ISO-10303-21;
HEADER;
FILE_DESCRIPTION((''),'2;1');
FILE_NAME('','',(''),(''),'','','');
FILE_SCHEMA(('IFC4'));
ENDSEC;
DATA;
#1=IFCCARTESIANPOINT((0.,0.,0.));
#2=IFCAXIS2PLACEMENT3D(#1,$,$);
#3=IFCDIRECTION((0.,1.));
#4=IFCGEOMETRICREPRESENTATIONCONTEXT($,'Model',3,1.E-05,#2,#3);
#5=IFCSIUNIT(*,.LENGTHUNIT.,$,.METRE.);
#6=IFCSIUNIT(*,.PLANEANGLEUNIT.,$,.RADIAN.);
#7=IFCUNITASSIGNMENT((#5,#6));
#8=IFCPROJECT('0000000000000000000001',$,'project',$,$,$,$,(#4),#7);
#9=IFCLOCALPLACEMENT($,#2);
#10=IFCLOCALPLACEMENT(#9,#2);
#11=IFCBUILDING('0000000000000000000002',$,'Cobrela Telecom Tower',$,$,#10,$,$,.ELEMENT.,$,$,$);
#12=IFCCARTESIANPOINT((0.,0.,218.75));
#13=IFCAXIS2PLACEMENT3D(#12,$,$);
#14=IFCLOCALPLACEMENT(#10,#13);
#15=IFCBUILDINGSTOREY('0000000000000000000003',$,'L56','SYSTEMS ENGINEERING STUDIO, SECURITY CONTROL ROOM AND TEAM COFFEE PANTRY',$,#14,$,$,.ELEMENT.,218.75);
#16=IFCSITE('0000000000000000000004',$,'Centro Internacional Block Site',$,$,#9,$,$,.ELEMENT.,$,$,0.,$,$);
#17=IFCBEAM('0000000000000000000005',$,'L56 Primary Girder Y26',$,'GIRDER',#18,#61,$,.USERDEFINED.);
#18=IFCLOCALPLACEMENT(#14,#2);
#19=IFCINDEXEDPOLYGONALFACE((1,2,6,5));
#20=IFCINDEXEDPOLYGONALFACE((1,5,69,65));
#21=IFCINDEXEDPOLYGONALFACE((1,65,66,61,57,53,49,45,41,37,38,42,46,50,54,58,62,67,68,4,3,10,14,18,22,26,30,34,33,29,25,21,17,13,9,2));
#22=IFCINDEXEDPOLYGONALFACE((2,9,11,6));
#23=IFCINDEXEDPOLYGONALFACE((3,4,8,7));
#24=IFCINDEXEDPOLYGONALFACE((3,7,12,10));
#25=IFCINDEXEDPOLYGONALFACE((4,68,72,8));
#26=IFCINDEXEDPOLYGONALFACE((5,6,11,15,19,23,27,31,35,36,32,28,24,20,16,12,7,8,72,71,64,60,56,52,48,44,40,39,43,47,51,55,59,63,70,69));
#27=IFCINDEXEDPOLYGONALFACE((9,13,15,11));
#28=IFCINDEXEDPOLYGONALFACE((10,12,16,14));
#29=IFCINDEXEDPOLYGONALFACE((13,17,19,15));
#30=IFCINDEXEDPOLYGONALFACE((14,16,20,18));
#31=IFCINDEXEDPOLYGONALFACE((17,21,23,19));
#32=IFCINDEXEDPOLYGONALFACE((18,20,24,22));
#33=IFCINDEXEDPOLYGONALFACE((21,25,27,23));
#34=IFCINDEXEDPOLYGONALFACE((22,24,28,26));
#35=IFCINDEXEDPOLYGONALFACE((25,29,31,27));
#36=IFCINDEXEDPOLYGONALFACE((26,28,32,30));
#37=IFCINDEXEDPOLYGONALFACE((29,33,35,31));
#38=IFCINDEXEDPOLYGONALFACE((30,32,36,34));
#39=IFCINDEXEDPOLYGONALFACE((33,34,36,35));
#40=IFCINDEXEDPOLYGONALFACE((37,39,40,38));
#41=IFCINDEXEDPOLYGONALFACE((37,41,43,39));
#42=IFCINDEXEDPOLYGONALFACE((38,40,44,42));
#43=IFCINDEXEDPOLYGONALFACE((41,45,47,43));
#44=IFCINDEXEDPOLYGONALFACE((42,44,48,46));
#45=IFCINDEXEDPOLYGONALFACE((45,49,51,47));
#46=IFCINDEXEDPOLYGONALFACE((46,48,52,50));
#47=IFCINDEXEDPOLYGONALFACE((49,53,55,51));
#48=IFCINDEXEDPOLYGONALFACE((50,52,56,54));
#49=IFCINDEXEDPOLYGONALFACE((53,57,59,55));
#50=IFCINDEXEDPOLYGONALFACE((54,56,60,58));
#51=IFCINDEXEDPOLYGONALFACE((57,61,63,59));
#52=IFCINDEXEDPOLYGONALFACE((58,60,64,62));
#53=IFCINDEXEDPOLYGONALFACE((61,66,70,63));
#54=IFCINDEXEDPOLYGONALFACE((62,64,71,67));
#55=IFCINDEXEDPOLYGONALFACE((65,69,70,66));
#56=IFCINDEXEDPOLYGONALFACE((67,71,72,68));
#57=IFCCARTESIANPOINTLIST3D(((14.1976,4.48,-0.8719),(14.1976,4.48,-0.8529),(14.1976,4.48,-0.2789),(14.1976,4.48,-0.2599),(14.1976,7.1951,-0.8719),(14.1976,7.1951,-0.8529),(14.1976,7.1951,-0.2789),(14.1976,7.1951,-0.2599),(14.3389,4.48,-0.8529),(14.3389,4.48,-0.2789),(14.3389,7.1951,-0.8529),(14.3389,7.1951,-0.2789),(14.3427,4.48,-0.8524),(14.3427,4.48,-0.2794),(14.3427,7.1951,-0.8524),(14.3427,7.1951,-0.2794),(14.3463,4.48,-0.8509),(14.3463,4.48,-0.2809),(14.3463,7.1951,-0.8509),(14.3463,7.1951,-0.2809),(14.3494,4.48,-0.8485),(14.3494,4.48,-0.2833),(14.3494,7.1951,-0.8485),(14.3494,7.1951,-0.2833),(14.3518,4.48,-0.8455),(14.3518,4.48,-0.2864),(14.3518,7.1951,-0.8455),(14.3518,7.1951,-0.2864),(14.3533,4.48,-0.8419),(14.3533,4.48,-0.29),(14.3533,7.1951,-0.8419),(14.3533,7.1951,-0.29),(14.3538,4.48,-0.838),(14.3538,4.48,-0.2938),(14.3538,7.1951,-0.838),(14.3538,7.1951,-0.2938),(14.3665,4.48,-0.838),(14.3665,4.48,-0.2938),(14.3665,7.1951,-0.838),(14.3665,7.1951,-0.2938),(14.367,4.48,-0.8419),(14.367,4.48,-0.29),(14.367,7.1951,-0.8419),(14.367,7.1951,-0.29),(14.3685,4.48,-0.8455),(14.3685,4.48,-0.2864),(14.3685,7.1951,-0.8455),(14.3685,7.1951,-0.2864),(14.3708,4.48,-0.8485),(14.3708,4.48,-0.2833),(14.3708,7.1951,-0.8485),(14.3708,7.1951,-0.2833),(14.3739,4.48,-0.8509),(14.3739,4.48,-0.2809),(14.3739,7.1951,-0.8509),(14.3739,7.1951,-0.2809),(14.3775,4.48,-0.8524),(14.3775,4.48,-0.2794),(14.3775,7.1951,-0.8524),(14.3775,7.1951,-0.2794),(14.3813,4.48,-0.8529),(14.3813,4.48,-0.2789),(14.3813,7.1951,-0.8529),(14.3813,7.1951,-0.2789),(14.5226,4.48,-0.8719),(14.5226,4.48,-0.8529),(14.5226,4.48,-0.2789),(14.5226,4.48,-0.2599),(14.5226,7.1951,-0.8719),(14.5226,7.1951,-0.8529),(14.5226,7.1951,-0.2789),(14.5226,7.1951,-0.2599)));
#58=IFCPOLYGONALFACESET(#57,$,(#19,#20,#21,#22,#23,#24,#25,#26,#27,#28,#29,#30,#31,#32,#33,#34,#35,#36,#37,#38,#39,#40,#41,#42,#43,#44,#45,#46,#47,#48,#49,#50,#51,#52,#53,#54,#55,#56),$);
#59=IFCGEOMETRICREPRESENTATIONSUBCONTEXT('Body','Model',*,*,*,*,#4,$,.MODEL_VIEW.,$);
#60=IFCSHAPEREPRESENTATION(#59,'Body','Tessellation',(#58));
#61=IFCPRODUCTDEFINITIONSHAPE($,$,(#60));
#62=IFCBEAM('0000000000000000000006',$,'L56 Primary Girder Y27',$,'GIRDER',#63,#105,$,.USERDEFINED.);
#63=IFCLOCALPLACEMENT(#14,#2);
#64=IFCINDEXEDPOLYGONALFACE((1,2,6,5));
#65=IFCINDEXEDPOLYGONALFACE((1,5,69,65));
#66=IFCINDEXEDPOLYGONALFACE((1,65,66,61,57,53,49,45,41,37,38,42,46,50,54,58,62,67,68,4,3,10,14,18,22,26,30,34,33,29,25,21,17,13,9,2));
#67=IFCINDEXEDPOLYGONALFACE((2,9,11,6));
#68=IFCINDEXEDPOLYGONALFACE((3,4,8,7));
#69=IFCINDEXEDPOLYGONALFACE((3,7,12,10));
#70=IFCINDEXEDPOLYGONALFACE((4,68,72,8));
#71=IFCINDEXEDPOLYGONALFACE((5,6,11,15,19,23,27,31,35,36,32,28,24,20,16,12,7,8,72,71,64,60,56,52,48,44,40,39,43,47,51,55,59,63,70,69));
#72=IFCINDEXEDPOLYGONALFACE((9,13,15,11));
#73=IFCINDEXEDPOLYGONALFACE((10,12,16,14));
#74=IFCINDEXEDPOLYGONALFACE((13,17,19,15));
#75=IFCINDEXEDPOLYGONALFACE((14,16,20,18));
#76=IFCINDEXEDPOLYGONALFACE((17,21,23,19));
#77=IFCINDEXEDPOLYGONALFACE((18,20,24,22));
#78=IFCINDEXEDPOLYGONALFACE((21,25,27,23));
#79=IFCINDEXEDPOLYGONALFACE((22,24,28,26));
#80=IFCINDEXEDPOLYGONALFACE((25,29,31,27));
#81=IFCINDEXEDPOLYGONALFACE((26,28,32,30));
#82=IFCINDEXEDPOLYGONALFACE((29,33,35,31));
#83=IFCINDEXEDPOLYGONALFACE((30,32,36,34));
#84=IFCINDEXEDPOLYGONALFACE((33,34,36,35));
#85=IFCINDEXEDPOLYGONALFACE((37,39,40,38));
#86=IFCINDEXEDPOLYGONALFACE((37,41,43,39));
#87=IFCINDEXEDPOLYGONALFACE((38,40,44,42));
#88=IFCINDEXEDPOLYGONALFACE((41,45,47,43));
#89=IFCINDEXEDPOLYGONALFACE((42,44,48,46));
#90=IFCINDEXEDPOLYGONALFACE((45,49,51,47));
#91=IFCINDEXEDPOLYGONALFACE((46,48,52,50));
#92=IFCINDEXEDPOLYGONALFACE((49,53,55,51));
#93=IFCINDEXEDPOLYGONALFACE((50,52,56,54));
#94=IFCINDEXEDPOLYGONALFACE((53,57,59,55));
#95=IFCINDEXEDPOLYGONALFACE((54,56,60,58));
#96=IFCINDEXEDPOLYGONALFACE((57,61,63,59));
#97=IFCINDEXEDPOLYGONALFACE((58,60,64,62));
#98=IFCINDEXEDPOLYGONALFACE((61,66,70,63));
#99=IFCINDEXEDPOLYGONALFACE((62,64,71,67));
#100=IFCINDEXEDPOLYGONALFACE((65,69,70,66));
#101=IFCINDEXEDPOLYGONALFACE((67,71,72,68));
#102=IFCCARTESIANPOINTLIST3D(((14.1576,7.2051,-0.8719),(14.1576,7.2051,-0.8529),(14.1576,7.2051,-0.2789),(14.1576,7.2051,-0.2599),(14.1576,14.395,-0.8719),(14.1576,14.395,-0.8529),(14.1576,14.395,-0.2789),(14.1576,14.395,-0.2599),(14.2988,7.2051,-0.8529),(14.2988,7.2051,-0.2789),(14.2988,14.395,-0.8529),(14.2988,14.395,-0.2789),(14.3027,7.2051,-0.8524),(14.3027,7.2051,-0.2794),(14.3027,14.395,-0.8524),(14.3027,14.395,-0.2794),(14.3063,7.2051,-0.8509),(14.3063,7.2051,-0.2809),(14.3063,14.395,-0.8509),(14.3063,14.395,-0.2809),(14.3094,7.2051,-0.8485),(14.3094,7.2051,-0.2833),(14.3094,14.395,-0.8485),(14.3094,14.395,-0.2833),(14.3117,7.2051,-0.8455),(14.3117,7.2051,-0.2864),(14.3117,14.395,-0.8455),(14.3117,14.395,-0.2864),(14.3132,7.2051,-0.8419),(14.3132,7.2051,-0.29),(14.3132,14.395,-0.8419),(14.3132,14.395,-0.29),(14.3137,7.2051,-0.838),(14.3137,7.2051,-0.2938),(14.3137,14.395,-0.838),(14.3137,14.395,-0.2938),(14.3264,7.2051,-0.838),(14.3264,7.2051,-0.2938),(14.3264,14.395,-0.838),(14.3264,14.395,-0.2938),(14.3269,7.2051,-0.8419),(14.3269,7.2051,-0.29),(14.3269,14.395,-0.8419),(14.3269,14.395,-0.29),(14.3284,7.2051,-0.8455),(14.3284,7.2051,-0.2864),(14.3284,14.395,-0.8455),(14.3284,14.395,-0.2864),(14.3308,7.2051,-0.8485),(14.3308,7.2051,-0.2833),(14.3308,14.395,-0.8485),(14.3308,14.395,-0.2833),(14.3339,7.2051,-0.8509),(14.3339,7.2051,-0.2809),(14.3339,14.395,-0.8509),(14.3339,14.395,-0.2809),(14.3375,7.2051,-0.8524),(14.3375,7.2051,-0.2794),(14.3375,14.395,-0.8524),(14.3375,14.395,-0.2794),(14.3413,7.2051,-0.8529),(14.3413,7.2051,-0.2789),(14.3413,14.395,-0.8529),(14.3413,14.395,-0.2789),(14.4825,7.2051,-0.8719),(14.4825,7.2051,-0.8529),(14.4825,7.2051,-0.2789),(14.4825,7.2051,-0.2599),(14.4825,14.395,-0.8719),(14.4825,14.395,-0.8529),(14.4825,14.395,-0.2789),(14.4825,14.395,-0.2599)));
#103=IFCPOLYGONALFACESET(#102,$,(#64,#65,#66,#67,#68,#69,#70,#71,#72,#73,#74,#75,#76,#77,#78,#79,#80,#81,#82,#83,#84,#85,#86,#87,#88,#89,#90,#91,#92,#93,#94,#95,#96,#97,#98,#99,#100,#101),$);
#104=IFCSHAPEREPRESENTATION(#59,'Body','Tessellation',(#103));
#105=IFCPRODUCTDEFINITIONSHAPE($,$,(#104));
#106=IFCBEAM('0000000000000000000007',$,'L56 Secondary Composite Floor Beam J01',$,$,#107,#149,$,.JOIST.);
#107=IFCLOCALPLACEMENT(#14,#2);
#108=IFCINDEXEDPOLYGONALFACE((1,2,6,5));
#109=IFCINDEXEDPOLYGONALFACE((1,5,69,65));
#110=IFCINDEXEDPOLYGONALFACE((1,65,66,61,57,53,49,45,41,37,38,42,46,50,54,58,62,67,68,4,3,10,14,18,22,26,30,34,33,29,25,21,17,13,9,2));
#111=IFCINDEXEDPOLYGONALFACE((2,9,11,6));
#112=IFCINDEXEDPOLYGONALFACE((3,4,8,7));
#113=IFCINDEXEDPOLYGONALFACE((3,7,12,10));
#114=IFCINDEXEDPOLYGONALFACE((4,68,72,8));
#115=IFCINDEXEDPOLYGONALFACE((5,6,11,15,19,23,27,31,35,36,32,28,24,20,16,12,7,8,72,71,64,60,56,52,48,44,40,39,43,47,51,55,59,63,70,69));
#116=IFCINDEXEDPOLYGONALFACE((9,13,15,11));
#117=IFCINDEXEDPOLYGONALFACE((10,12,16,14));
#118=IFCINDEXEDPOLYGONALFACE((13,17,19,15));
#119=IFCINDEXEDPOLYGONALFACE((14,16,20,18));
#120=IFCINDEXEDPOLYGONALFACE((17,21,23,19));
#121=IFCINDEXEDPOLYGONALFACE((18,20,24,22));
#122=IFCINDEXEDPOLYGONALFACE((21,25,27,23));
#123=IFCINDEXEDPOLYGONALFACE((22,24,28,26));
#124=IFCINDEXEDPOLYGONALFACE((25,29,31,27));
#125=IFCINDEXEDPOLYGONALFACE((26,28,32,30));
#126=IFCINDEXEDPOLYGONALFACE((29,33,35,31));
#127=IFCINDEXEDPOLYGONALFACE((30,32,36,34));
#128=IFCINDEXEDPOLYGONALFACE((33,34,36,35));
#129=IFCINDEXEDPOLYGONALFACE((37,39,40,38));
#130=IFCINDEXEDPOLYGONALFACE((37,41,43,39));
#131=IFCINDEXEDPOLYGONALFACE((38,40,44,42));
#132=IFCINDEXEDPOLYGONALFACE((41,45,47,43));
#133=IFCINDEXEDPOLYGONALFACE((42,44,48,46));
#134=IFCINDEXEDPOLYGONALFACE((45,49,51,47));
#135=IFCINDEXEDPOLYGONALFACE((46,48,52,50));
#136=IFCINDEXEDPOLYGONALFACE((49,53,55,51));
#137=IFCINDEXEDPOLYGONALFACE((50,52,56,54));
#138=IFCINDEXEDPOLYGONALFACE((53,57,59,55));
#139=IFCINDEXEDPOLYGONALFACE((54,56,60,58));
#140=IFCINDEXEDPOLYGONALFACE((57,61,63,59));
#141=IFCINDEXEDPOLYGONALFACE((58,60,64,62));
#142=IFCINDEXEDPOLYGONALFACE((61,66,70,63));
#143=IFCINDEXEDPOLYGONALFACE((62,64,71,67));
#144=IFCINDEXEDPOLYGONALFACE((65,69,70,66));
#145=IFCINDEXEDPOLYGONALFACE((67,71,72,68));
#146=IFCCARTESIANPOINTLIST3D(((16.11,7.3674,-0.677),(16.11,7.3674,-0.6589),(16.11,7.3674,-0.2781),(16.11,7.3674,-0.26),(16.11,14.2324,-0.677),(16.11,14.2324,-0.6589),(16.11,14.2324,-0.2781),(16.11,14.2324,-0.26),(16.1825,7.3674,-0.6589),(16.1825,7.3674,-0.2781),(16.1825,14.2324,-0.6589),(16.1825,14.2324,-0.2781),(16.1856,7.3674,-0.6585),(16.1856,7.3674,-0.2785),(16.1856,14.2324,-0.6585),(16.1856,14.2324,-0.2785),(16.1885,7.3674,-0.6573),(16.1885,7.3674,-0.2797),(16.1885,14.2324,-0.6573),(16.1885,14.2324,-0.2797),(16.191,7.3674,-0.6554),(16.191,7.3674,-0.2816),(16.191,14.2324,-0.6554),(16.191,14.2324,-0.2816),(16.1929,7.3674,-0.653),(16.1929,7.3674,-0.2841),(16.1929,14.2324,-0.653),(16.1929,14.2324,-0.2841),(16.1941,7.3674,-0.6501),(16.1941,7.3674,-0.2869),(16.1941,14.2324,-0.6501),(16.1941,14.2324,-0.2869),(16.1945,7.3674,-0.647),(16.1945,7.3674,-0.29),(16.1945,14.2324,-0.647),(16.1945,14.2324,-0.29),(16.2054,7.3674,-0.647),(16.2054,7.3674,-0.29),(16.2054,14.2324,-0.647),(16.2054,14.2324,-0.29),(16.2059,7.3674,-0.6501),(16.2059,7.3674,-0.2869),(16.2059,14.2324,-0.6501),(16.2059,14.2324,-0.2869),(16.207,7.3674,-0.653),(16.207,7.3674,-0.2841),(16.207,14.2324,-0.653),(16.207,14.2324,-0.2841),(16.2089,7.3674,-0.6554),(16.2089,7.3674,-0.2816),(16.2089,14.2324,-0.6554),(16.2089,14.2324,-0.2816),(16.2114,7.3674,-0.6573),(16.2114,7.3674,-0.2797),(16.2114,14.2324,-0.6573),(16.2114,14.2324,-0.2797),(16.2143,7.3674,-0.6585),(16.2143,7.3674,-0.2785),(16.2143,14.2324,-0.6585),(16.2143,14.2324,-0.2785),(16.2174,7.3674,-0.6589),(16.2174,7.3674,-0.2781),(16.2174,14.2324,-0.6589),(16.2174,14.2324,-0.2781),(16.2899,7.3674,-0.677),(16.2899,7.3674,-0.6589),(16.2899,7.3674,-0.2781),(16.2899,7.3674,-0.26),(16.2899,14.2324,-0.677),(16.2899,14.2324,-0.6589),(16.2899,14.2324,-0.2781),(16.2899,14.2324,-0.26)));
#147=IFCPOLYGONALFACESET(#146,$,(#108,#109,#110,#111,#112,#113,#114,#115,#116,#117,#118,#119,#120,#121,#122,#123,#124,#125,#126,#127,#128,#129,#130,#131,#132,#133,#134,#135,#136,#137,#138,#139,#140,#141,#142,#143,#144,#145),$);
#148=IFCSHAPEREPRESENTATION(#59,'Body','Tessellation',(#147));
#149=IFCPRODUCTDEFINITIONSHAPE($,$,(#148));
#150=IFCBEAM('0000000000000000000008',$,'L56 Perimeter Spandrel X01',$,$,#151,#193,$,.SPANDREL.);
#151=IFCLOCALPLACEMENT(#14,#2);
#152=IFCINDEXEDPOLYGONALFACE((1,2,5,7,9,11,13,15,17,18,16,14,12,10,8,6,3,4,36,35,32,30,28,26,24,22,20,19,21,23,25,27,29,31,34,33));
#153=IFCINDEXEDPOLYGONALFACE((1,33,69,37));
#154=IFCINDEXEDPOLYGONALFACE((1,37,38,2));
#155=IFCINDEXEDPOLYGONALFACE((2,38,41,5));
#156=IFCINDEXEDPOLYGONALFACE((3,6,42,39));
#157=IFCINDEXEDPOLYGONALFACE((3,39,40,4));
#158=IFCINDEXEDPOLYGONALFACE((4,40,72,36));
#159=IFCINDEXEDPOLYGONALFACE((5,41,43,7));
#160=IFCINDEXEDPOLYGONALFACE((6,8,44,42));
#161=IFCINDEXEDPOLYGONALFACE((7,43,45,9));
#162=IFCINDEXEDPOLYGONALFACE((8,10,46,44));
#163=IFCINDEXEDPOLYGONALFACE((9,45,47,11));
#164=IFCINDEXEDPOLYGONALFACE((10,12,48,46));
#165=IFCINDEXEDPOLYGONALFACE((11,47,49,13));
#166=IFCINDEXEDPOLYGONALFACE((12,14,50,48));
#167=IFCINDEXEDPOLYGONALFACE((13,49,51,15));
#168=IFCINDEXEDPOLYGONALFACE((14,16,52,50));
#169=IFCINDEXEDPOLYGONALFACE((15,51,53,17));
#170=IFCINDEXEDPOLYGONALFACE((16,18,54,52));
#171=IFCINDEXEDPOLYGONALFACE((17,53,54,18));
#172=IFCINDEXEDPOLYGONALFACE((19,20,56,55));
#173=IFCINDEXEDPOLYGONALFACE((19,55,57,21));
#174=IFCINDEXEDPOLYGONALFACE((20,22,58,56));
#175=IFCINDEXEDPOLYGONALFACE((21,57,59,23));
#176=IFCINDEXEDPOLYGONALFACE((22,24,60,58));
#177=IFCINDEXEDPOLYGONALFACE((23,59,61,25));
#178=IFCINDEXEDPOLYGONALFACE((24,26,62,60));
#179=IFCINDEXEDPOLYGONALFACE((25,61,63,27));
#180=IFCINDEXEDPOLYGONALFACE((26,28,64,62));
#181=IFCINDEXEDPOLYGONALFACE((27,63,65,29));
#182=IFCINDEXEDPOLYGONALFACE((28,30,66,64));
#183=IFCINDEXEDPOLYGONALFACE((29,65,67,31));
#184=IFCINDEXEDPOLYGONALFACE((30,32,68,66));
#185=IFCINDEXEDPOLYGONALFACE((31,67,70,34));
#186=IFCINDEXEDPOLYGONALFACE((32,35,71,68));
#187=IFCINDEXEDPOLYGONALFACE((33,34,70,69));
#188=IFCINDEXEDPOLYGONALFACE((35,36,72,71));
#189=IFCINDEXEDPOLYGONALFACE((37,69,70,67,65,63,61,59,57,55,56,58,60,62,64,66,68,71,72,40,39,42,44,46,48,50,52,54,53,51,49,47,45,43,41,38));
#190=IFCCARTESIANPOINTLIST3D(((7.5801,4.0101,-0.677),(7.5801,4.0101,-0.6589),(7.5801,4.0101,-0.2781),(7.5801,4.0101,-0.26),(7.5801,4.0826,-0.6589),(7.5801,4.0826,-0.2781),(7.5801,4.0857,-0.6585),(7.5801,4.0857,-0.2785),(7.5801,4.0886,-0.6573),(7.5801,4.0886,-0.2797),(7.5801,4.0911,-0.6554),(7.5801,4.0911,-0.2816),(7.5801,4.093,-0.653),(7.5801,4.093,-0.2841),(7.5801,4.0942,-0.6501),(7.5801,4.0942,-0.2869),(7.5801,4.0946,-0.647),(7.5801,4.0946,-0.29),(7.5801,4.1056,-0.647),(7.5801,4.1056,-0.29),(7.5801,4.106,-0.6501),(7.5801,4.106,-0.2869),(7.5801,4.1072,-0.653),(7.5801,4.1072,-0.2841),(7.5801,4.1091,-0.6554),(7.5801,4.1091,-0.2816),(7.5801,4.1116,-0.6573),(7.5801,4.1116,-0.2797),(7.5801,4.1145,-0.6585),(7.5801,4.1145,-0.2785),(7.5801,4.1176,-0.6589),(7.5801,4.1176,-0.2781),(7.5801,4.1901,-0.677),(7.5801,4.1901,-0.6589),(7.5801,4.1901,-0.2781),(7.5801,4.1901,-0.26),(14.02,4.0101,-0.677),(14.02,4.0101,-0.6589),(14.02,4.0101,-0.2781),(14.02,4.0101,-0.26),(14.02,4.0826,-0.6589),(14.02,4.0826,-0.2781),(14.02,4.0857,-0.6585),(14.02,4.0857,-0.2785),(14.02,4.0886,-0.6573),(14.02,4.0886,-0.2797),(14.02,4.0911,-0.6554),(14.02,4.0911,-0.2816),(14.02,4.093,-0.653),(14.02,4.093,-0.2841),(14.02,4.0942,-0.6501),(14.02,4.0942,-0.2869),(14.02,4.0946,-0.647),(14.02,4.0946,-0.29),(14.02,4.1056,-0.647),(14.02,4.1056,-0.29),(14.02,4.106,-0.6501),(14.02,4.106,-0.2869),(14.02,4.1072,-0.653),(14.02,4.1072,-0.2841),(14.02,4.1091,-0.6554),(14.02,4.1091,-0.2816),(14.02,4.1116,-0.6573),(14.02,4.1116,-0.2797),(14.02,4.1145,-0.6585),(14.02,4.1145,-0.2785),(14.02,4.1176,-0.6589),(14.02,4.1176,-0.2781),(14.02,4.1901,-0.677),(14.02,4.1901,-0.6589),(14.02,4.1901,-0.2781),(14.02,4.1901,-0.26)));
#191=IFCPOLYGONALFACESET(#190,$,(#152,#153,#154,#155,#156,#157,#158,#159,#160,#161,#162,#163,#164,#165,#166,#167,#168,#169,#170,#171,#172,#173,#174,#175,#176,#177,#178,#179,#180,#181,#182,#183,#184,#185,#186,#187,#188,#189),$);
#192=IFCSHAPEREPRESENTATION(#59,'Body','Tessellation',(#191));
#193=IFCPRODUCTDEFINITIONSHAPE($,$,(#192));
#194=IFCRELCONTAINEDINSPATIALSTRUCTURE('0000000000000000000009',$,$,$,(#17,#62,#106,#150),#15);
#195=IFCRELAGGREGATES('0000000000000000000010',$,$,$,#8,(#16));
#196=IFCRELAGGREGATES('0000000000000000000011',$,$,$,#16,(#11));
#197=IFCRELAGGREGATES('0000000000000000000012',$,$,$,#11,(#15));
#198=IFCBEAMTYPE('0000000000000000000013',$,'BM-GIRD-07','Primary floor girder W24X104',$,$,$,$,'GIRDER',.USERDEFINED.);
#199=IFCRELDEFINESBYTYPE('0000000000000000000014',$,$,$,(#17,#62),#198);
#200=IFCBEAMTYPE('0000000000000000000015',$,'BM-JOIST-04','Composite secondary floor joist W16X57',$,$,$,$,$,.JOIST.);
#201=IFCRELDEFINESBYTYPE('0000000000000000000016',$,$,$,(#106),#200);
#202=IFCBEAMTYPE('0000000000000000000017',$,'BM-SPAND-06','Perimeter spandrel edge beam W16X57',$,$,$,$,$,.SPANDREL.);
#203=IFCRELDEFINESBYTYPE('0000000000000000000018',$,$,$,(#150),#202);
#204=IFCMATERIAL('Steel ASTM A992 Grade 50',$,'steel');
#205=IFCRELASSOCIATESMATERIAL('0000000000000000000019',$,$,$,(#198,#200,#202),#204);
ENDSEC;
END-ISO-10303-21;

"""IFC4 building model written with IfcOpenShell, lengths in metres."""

from ifc_helpers import new_model, si_unit, direction, frame, origin, origin_2d, place, context, subcontext, project, spatial, i_section, extrude, material, material_profile, profile_set, type_object, element, save


model = new_model("IFC4")

# Units and contexts
model_context = context("Model", 3, precision=1e-05, world=origin(), true_north=direction((0.0, 1.0)))
body_context = subcontext(model_context, "Body", "Model", "MODEL_VIEW")
ifc_project = project(units=[si_unit("LENGTHUNIT", "METRE"), si_unit("PLANEANGLEUNIT", "RADIAN")], contexts=[model_context])

# Site, building, storey
site_placement = place(None, origin())
site = spatial("IfcSite", under=ifc_project, at=site_placement, Name="Centro Internacional Block Site", CompositionType="ELEMENT", RefElevation=0.0)
building_placement = place(site_placement, origin())
building = spatial("IfcBuilding", under=site, at=building_placement, Name="Cobrela Telecom Tower", CompositionType="ELEMENT")
storey_placement = place(building_placement, frame((0.0, 0.0, 218.75)))
storey = spatial("IfcBuildingStorey", under=building, at=storey_placement, Name="L56", Description="SYSTEMS ENGINEERING STUDIO, SECURITY CONTROL ROOM AND TEAM COFFEE PANTRY", CompositionType="ELEMENT", Elevation=218.75)

# Beams
ifc_material_1 = material(Name="Steel ASTM A992 Grade 50", Category="steel")
ifc_material_profile_1 = material_profile(ifc_material_1, i_section(OverallWidth=0.325, OverallDepth=0.6121, WebThickness=0.0127, FlangeThickness=0.019, FilletRadius=0.0149, at=origin_2d()), Name="W24X104")
ifc_profile_set_1 = profile_set([ifc_material_profile_1], Name="Steel ASTM A992 Grade 50")
beam_type_1 = type_object("IfcBeamType", Name="BM-GIRD-07", Description="Primary floor girder W24X104", ElementType="GIRDER", PredefinedType="USERDEFINED", material=ifc_profile_set_1)
beam_1_placement = place(storey_placement, frame((14.3601, 4.48, -0.5659), z_axis=(0.0, 1.0, 0.0), x_axis=(-1.0, 0.0, 0.0)))
element("IfcBeam", 1, at=beam_1_placement, inside=storey, type_object=beam_type_1, Name="L56 Primary Girder Y26", ObjectType="GIRDER", PredefinedType="USERDEFINED", context=body_context, shape_type="SweptSolid", body=[
    extrude(i_section(OverallWidth=0.325, OverallDepth=0.6121, WebThickness=0.0127, FlangeThickness=0.019, FilletRadius=0.0149, at=origin_2d()), origin(), (0.0, 0.0, 1.0), 2.7151),
])
beam_2_placement = place(storey_placement, frame((14.3201, 7.2051, -0.5659), z_axis=(0.0, 1.0, 0.0), x_axis=(-1.0, 0.0, 0.0)))
element("IfcBeam", 2, at=beam_2_placement, inside=storey, type_object=beam_type_1, Name="L56 Primary Girder Y27", ObjectType="GIRDER", PredefinedType="USERDEFINED", context=body_context, shape_type="SweptSolid", body=[
    extrude(i_section(OverallWidth=0.325, OverallDepth=0.6121, WebThickness=0.0127, FlangeThickness=0.019, FilletRadius=0.0149, at=origin_2d()), origin(), (0.0, 0.0, 1.0), 7.1899),
])
ifc_material_profile_2 = material_profile(ifc_material_1, i_section(OverallWidth=0.1799, OverallDepth=0.417, WebThickness=0.011, FlangeThickness=0.0181, FilletRadius=0.012, at=origin_2d()), Name="W16X57")
ifc_profile_set_2 = profile_set([ifc_material_profile_2], Name="Steel ASTM A992 Grade 50")
beam_type_2 = type_object("IfcBeamType", Name="BM-JOIST-04", Description="Composite secondary floor joist W16X57", PredefinedType="JOIST", material=ifc_profile_set_2)
beam_3_placement = place(storey_placement, frame((16.2, 7.3674, -0.4685), z_axis=(0.0, 1.0, 0.0), x_axis=(-1.0, 0.0, 0.0)))
element("IfcBeam", 3, at=beam_3_placement, inside=storey, type_object=beam_type_2, Name="L56 Secondary Composite Floor Beam J01", PredefinedType="JOIST", context=body_context, shape_type="SweptSolid", body=[
    extrude(i_section(OverallWidth=0.1799, OverallDepth=0.417, WebThickness=0.011, FlangeThickness=0.0181, FilletRadius=0.012, at=origin_2d()), origin(), (0.0, 0.0, 1.0), 6.865),
])
ifc_material_profile_3 = material_profile(ifc_material_1, i_section(OverallWidth=0.1799, OverallDepth=0.417, WebThickness=0.011, FlangeThickness=0.0181, FilletRadius=0.012, at=origin_2d()), Name="W16X57")
ifc_profile_set_3 = profile_set([ifc_material_profile_3], Name="Steel ASTM A992 Grade 50")
beam_type_3 = type_object("IfcBeamType", Name="BM-SPAND-06", Description="Perimeter spandrel edge beam W16X57", PredefinedType="SPANDREL", material=ifc_profile_set_3)
for number, where, z_axis, x_axis, name in (
    (4, (7.5801, 4.1001, -0.4685), (1.0, 0.0, 0.0), (0.0, 1.0, 0.0), "L56 Perimeter Spandrel X01"),
):
    element("IfcBeam", number, at=place(storey_placement, frame(where, z_axis=z_axis, x_axis=x_axis)), inside=storey, type_object=beam_type_3, Name=name, PredefinedType="SPANDREL", context=body_context, shape_type="SweptSolid", body=[
        extrude(i_section(OverallWidth=0.1799, OverallDepth=0.417, WebThickness=0.011, FlangeThickness=0.0181, FilletRadius=0.012, at=origin_2d()), origin(), (0.0, 0.0, 1.0), 6.4399),
    ])

save(model, "model.ifc")
